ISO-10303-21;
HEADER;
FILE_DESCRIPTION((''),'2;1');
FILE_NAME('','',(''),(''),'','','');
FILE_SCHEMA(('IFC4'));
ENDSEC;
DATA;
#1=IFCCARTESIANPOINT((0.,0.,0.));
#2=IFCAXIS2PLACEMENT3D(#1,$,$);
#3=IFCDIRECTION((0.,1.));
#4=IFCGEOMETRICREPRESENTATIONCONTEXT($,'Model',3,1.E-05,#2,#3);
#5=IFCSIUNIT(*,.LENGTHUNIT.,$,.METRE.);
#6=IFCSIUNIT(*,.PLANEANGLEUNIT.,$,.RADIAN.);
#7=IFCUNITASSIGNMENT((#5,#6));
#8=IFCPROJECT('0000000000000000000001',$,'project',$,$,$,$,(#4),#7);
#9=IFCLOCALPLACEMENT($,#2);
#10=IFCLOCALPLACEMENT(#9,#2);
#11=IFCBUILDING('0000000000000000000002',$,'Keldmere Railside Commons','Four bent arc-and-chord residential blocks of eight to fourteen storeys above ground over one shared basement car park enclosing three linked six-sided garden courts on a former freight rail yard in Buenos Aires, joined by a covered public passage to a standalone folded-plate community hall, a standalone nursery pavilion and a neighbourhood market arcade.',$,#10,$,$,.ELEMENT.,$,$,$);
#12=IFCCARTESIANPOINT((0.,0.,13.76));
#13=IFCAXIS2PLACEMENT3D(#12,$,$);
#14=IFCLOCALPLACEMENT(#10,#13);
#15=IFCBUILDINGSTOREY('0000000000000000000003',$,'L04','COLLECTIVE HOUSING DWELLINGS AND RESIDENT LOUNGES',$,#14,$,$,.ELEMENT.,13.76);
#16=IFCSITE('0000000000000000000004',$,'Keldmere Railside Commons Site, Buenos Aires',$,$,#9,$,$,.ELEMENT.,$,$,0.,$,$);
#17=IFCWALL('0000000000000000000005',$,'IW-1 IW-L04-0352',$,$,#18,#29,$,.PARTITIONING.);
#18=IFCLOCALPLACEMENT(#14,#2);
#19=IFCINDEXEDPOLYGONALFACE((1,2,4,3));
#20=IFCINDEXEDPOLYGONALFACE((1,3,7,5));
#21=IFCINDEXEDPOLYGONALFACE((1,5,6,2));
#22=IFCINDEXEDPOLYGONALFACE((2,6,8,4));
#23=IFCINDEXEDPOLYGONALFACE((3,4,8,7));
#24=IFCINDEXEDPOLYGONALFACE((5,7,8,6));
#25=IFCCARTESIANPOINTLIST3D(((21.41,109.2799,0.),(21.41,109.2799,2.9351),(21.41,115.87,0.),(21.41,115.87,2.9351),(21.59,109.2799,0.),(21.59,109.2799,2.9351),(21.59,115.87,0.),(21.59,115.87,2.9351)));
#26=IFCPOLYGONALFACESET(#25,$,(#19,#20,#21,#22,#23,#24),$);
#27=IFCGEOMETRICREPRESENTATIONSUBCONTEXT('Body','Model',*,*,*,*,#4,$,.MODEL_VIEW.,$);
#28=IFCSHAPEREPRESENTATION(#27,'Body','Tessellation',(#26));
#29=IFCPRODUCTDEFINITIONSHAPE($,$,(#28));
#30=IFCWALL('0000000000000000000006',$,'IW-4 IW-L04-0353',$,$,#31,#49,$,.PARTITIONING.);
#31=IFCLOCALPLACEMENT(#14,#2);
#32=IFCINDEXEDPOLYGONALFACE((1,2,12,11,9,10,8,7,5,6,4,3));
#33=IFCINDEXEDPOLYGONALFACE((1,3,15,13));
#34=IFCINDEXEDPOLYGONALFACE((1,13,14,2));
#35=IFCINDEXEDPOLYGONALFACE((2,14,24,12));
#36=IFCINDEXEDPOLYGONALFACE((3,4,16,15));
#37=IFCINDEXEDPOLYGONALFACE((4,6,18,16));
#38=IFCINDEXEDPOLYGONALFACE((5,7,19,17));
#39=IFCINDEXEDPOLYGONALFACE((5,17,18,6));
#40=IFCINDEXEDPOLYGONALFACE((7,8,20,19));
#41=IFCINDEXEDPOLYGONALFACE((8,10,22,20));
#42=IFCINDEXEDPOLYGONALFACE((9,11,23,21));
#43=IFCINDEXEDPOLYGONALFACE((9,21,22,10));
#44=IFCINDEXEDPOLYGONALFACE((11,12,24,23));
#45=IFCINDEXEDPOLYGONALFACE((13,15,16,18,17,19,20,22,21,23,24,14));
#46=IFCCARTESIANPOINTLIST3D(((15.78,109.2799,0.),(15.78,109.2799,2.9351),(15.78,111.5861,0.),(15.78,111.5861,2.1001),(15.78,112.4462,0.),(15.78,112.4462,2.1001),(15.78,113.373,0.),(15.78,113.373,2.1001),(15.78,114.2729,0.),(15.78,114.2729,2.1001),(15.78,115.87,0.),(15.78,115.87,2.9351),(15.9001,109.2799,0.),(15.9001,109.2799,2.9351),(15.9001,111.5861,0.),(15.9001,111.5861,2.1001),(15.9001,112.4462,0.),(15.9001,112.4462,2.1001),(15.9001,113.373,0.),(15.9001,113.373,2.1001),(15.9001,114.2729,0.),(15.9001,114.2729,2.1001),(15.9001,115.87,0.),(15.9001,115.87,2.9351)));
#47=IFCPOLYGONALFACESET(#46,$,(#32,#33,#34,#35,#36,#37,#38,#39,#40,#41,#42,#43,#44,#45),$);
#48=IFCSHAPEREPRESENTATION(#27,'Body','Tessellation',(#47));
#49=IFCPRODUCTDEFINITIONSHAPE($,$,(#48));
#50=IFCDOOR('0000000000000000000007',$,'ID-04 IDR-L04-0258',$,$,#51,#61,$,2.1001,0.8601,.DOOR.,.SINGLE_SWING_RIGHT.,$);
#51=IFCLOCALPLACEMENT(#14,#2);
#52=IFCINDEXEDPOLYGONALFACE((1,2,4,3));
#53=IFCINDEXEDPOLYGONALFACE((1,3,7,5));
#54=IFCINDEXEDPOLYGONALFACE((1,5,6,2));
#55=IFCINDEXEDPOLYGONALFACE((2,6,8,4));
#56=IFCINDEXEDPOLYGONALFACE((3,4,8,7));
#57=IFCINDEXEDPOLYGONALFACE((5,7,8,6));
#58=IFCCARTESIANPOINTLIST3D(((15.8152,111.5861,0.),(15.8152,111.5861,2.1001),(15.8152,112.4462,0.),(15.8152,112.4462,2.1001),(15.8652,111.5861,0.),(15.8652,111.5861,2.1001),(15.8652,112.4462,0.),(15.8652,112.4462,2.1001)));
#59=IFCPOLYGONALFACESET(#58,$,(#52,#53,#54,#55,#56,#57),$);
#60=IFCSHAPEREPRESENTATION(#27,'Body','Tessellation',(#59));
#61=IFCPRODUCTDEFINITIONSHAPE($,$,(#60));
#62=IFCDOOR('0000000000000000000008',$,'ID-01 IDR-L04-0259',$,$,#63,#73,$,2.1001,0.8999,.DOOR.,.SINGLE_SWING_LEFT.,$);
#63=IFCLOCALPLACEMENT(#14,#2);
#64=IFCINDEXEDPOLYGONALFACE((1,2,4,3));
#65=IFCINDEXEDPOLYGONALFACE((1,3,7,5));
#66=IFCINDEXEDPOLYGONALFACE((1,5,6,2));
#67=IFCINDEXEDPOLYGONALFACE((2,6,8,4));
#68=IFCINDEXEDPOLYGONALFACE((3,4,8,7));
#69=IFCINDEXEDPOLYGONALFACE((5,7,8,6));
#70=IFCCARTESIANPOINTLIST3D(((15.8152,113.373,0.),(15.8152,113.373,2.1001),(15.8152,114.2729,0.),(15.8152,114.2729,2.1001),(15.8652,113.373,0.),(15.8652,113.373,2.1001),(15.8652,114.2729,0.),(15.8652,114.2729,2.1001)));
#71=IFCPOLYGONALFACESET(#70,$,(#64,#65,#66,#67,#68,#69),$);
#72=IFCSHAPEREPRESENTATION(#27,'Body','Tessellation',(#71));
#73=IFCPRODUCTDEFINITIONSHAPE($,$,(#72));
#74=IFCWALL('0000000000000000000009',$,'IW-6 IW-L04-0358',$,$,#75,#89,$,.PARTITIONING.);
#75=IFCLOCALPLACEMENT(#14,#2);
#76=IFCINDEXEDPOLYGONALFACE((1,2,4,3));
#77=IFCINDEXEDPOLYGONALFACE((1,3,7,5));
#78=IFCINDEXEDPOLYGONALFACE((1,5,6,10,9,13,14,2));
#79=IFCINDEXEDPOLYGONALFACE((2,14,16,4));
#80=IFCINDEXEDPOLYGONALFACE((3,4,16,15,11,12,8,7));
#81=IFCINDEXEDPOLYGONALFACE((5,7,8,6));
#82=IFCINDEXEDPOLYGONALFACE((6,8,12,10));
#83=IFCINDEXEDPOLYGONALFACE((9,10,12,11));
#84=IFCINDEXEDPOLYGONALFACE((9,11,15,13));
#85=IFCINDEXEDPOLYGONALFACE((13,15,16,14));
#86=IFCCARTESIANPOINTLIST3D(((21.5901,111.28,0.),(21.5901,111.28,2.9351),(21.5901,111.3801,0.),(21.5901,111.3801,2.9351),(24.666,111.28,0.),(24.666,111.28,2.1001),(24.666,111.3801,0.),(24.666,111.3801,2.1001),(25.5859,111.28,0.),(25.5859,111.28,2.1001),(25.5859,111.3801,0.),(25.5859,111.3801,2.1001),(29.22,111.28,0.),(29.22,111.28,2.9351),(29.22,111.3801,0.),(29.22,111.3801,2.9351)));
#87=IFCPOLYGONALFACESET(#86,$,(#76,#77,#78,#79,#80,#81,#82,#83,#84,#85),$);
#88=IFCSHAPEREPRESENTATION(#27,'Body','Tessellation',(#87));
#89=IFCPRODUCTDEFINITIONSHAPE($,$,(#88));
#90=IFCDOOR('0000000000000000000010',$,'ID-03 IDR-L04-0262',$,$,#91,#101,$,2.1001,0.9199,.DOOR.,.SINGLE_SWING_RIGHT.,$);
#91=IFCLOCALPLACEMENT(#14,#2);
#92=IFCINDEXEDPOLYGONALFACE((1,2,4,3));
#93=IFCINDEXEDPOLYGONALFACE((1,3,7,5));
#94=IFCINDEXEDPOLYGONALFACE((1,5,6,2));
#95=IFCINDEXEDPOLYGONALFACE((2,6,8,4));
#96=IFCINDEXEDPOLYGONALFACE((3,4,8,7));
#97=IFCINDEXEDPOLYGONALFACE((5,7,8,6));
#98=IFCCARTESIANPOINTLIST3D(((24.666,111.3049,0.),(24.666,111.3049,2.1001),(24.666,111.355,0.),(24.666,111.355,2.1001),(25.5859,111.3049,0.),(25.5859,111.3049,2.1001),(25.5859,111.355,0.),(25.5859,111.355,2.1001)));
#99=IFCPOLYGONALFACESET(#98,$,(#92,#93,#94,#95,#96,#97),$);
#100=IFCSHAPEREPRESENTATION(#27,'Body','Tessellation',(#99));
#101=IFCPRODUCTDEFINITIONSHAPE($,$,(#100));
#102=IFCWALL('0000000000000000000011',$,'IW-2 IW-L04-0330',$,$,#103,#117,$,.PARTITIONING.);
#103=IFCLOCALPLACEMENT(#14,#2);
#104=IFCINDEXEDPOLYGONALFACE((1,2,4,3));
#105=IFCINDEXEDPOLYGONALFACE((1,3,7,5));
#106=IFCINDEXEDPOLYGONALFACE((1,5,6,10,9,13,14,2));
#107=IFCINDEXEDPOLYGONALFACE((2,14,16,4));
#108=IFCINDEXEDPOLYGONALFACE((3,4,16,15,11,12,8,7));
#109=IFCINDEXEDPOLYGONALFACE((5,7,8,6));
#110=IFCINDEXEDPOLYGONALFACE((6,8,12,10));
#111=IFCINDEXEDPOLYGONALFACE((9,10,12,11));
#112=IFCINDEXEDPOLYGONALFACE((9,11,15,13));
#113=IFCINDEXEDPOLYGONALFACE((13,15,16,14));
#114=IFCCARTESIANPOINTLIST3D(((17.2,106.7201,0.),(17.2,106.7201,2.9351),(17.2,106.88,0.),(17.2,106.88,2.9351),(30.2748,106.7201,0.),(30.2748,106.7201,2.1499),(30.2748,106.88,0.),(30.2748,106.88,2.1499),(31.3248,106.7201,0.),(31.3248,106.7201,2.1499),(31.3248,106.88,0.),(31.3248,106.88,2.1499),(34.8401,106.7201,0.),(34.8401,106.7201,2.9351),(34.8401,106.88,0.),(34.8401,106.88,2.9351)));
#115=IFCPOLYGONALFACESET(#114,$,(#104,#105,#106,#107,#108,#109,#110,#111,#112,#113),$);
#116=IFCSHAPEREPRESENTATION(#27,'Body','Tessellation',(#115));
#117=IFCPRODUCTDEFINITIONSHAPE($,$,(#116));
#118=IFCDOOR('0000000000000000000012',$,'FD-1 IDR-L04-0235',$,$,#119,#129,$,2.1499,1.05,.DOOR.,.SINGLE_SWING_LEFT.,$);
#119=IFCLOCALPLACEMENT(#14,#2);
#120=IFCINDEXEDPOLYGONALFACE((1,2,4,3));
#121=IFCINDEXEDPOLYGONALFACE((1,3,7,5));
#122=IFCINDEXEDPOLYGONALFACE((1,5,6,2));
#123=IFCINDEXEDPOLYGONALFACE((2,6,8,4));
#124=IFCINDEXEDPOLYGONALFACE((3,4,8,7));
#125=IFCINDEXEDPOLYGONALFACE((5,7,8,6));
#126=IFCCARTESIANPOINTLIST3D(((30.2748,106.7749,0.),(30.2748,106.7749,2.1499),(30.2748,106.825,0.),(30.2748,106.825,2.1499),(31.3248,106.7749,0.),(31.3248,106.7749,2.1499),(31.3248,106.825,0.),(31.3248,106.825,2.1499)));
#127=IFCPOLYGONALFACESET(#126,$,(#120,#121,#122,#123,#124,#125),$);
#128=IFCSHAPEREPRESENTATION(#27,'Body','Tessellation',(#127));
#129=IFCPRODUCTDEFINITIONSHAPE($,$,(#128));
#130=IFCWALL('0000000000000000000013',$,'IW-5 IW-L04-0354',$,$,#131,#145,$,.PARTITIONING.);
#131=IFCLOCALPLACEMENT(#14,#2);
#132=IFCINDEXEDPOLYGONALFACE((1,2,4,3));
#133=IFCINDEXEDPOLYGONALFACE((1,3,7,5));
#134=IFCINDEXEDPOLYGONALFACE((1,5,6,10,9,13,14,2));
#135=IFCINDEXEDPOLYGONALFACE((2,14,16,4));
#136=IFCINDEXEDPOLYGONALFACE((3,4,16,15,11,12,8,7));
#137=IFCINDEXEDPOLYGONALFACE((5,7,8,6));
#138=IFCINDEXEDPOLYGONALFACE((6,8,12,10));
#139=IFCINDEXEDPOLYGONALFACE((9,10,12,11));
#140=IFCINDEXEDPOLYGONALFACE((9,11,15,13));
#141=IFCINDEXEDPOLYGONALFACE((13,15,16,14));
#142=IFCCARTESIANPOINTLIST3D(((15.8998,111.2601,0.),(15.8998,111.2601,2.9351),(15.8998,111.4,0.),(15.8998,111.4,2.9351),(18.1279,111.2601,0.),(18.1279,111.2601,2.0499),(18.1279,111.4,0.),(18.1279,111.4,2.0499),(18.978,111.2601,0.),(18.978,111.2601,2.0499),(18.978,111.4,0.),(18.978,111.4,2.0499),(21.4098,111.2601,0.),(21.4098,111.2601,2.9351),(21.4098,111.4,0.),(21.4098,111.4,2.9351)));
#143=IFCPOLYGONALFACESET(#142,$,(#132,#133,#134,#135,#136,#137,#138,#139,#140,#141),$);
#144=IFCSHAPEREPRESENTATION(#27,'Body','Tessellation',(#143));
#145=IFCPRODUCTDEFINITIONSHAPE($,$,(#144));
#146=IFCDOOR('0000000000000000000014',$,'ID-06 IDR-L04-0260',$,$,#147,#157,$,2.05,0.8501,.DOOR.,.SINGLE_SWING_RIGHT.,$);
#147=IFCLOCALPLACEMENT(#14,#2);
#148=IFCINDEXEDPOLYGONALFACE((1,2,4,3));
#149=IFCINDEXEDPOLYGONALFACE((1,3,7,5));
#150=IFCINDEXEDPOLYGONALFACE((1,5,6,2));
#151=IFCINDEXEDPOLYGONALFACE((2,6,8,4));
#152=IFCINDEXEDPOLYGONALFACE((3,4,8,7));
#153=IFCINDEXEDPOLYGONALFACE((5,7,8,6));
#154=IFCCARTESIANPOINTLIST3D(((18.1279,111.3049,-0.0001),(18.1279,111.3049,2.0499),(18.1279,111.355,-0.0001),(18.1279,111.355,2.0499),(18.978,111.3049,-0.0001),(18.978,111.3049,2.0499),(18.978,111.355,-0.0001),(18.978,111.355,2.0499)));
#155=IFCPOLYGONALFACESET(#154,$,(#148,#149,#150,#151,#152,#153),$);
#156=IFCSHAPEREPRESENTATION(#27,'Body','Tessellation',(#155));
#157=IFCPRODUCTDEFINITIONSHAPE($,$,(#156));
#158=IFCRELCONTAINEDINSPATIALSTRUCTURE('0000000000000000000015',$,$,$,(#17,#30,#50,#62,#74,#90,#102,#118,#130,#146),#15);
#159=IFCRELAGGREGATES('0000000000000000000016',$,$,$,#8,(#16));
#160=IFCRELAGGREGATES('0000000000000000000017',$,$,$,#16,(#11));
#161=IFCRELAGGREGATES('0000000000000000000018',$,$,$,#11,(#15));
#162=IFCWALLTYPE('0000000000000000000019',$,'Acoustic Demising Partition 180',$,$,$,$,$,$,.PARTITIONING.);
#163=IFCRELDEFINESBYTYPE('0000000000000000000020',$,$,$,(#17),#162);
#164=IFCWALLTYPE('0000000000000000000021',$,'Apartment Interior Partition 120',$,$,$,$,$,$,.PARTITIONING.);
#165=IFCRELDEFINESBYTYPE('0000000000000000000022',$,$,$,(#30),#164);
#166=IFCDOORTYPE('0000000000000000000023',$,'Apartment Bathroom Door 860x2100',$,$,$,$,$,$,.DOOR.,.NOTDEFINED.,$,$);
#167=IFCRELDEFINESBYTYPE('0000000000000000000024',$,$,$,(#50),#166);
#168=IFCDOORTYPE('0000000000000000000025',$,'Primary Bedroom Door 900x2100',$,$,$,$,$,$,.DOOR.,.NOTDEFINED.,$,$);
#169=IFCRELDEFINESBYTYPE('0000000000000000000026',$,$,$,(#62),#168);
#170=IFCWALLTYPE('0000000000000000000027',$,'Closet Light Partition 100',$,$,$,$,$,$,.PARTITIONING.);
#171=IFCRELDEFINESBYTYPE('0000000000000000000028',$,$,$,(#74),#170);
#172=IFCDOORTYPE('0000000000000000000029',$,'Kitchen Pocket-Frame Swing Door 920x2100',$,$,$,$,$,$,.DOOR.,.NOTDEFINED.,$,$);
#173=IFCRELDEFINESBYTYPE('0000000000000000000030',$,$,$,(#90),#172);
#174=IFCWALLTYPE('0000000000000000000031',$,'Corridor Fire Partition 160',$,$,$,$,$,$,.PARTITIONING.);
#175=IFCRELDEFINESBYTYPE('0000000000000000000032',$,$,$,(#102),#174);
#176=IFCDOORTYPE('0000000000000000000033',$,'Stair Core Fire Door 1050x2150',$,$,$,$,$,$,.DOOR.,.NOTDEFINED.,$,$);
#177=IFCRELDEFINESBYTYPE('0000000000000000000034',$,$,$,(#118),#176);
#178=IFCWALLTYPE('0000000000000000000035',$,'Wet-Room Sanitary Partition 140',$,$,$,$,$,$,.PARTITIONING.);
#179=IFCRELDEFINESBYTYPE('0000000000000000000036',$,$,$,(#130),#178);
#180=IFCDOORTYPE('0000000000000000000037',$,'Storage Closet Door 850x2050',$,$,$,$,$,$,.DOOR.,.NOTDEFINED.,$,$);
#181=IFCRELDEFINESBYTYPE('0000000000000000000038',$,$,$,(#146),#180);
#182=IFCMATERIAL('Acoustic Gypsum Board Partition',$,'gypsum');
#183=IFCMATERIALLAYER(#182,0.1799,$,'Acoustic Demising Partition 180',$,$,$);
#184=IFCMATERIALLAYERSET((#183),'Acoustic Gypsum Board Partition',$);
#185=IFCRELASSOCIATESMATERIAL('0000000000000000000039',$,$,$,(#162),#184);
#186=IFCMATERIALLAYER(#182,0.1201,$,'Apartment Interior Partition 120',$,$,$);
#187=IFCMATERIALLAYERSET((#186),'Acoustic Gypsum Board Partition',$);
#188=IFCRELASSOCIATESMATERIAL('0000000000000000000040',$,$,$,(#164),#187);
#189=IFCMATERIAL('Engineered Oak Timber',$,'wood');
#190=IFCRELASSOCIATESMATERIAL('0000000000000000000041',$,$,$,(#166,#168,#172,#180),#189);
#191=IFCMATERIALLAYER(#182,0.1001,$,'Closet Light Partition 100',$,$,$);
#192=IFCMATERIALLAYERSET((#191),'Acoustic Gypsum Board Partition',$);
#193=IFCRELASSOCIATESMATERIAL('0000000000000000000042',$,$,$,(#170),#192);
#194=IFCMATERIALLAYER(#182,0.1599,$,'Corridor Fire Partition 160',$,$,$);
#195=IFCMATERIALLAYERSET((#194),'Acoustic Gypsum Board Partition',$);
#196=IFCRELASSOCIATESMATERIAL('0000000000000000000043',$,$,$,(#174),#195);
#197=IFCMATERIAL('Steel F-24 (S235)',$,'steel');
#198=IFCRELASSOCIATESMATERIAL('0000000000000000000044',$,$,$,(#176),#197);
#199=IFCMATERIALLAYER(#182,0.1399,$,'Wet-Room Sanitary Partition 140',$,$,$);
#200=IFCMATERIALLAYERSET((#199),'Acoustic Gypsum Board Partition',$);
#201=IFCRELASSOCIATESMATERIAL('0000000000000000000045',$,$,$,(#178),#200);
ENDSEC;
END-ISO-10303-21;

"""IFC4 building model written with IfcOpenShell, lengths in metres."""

from ifc_helpers import new_model, si_unit, direction, frame, frame_2d, origin, place, context, subcontext, project, spatial, rectangle, extrude, material, layer, layer_set, type_object, element, fill, save


model = new_model("IFC4")

# Units and contexts
model_context = context("Model", 3, precision=1e-05, world=origin(), true_north=direction((0.0, 1.0)))
body_context = subcontext(model_context, "Body", "Model", "MODEL_VIEW")
ifc_project = project(units=[si_unit("LENGTHUNIT", "METRE"), si_unit("PLANEANGLEUNIT", "RADIAN")], contexts=[model_context])

# Site, building, storey
site_placement = place(None, origin())
site = spatial("IfcSite", under=ifc_project, at=site_placement, Name="Keldmere Railside Commons Site, Buenos Aires", CompositionType="ELEMENT", RefElevation=0.0)
building_placement = place(site_placement, origin())
building = spatial("IfcBuilding", under=site, at=building_placement, Name="Keldmere Railside Commons", Description="Four bent arc-and-chord residential blocks of eight to fourteen storeys above ground over one shared basement car park enclosing three linked six-sided garden courts on a former freight rail yard in Buenos Aires, joined by a covered public passage to a standalone folded-plate community hall, a standalone nursery pavilion and a neighbourhood market arcade.", CompositionType="ELEMENT")
storey_placement = place(building_placement, frame((0.0, 0.0, 13.76)))
storey = spatial("IfcBuildingStorey", under=building, at=storey_placement, Name="L04", Description="COLLECTIVE HOUSING DWELLINGS AND RESIDENT LOUNGES", CompositionType="ELEMENT", Elevation=13.76)

# Wall
ifc_material_1 = material(Name="Acoustic Gypsum Board Partition", Category="gypsum")
ifc_layer_1 = layer(ifc_material_1, 0.1799, Name="Acoustic Demising Partition 180")
ifc_layer_set_1 = layer_set([ifc_layer_1], Name="Acoustic Gypsum Board Partition")
wall_type_1 = type_object("IfcWallType", Name="Acoustic Demising Partition 180", PredefinedType="PARTITIONING", material=ifc_layer_set_1)
wall_1_placement = place(storey_placement, frame((21.5, 109.28, 0.0), z_axis=(0.0, 0.0, 1.0), x_axis=(0.0, 1.0, 0.0)))
element("IfcWall", 1, at=wall_1_placement, inside=storey, type_object=wall_type_1, Name="IW-1 IW-L04-0352", PredefinedType="PARTITIONING", context=body_context, shape_type="SweptSolid", body=[
    extrude(rectangle(XDim=6.5901, YDim=0.1799, at=frame_2d((3.2949, 0.0))), origin(), (0.0, 0.0, 1.0), 2.9351),
])

# Wall, openings, doors
ifc_layer_2 = layer(ifc_material_1, 0.1201, Name="Apartment Interior Partition 120")
ifc_layer_set_2 = layer_set([ifc_layer_2], Name="Acoustic Gypsum Board Partition")
wall_type_2 = type_object("IfcWallType", Name="Apartment Interior Partition 120", PredefinedType="PARTITIONING", material=ifc_layer_set_2)
wall_2_placement = place(storey_placement, frame((15.8401, 109.28, 0.0), z_axis=(0.0, 0.0, 1.0), x_axis=(0.0, 1.0, 0.0)))
wall_2 = element("IfcWall", 2, at=wall_2_placement, inside=storey, type_object=wall_type_2, Name="IW-4 IW-L04-0353", PredefinedType="PARTITIONING", context=body_context, shape_type="SweptSolid", body=[
    extrude(rectangle(XDim=6.5901, YDim=0.1201, at=frame_2d((3.2949, 0.0))), origin(), (0.0, 0.0, 1.0), 2.9351),
])
opening_1_placement = place(wall_2_placement, frame((2.3059, 0.0, 0.0)))
opening_1 = element("IfcOpeningElement", 3, at=opening_1_placement, cuts=wall_2, PredefinedType="OPENING", context=body_context, shape_type="SweptSolid", body=[
    extrude(rectangle(XDim=0.8601, YDim=2.1001, at=frame_2d((0.4302, 1.05))), frame((0.0, 0.0701, 0.0), z_axis=(0.0, -1.0, 0.0), x_axis=(1.0, 0.0, 0.0)), (0.0, 0.0, 1.0), 0.1401),
])
opening_2_placement = place(wall_2_placement, frame((4.093, 0.0, 0.0)))
opening_2 = element("IfcOpeningElement", 4, at=opening_2_placement, cuts=wall_2, PredefinedType="OPENING", context=body_context, shape_type="SweptSolid", body=[
    extrude(rectangle(XDim=0.8999, YDim=2.1001, at=frame_2d((0.45, 1.05))), frame((0.0, 0.0701, 0.0), z_axis=(0.0, -1.0, 0.0), x_axis=(1.0, 0.0, 0.0)), (0.0, 0.0, 1.0), 0.1401),
])
ifc_material_2 = material(Name="Engineered Oak Timber", Category="wood")
door_type_1 = type_object("IfcDoorType", Name="Apartment Bathroom Door 860x2100", OperationType="NOTDEFINED", PredefinedType="DOOR", material=ifc_material_2)
door_1_placement = place(opening_1_placement, origin())
door_1 = element("IfcDoor", 5, at=door_1_placement, inside=storey, type_object=door_type_1, Name="ID-04 IDR-L04-0258", OperationType="SINGLE_SWING_RIGHT", OverallHeight=2.1001, OverallWidth=0.8601, PredefinedType="DOOR", context=body_context, shape_type="SweptSolid", body=[
    extrude(rectangle(XDim=0.8601, YDim=2.1001, at=frame_2d((0.4302, 1.05))), frame((0.0, 0.0249, 0.0), z_axis=(0.0, -1.0, 0.0), x_axis=(1.0, 0.0, 0.0)), (0.0, 0.0, 1.0), 0.05),
])
fill(opening_1, door_1)
door_type_2 = type_object("IfcDoorType", Name="Primary Bedroom Door 900x2100", OperationType="NOTDEFINED", PredefinedType="DOOR", material=ifc_material_2)
door_2_placement = place(opening_2_placement, origin())
door_2 = element("IfcDoor", 6, at=door_2_placement, inside=storey, type_object=door_type_2, Name="ID-01 IDR-L04-0259", OperationType="SINGLE_SWING_LEFT", OverallHeight=2.1001, OverallWidth=0.8999, PredefinedType="DOOR", context=body_context, shape_type="SweptSolid", body=[
    extrude(rectangle(XDim=0.8999, YDim=2.1001, at=frame_2d((0.45, 1.05))), frame((0.0, 0.0249, 0.0), z_axis=(0.0, -1.0, 0.0), x_axis=(1.0, 0.0, 0.0)), (0.0, 0.0, 1.0), 0.05),
])
fill(opening_2, door_2)

# Walls, openings, doors
ifc_layer_3 = layer(ifc_material_1, 0.1001, Name="Closet Light Partition 100")
ifc_layer_set_3 = layer_set([ifc_layer_3], Name="Acoustic Gypsum Board Partition")
wall_type_3 = type_object("IfcWallType", Name="Closet Light Partition 100", PredefinedType="PARTITIONING", material=ifc_layer_set_3)
wall_3_placement = place(storey_placement, frame((21.5901, 111.3301, 0.0), z_axis=(0.0, 0.0, 1.0), x_axis=(1.0, 0.0, 0.0)))
wall_3 = element("IfcWall", 7, at=wall_3_placement, inside=storey, type_object=wall_type_3, Name="IW-6 IW-L04-0358", PredefinedType="PARTITIONING", context=body_context, shape_type="SweptSolid", body=[
    extrude(rectangle(XDim=7.6299, YDim=0.1001, at=frame_2d((3.8149, 0.0))), origin(), (0.0, 0.0, 1.0), 2.9351),
])
opening_3_placement = place(wall_3_placement, frame((3.0759, 0.0, 0.0)))
opening_3 = element("IfcOpeningElement", 8, at=opening_3_placement, cuts=wall_3, PredefinedType="OPENING", context=body_context, shape_type="SweptSolid", body=[
    extrude(rectangle(XDim=0.9199, YDim=2.1001, at=frame_2d((0.46, 1.05))), frame((0.0, 0.0601, 0.0), z_axis=(0.0, -1.0, 0.0), x_axis=(1.0, 0.0, 0.0)), (0.0, 0.0, 1.0), 0.1201),
])
door_type_3 = type_object("IfcDoorType", Name="Kitchen Pocket-Frame Swing Door 920x2100", OperationType="NOTDEFINED", PredefinedType="DOOR", material=ifc_material_2)
door_3_placement = place(opening_3_placement, origin())
door_3 = element("IfcDoor", 9, at=door_3_placement, inside=storey, type_object=door_type_3, Name="ID-03 IDR-L04-0262", OperationType="SINGLE_SWING_RIGHT", OverallHeight=2.1001, OverallWidth=0.9199, PredefinedType="DOOR", context=body_context, shape_type="SweptSolid", body=[
    extrude(rectangle(XDim=0.9199, YDim=2.1001, at=frame_2d((0.46, 1.05))), frame((0.0, 0.0249, 0.0), z_axis=(0.0, -1.0, 0.0), x_axis=(1.0, 0.0, 0.0)), (0.0, 0.0, 1.0), 0.05),
])
fill(opening_3, door_3)
ifc_layer_4 = layer(ifc_material_1, 0.1599, Name="Corridor Fire Partition 160")
ifc_layer_set_4 = layer_set([ifc_layer_4], Name="Acoustic Gypsum Board Partition")
wall_type_4 = type_object("IfcWallType", Name="Corridor Fire Partition 160", PredefinedType="PARTITIONING", material=ifc_layer_set_4)
wall_4_placement = place(storey_placement, frame((17.2, 106.8, 0.0), z_axis=(0.0, 0.0, 1.0), x_axis=(1.0, 0.0, 0.0)))
wall_4 = element("IfcWall", 10, at=wall_4_placement, inside=storey, type_object=wall_type_4, Name="IW-2 IW-L04-0330", PredefinedType="PARTITIONING", context=body_context, shape_type="SweptSolid", body=[
    extrude(rectangle(XDim=17.6401, YDim=0.1599, at=frame_2d((8.8201, 0.0))), origin(), (0.0, 0.0, 1.0), 2.9351),
])
opening_4_placement = place(wall_4_placement, frame((13.075, 0.0, 0.0)))
opening_4 = element("IfcOpeningElement", 11, at=opening_4_placement, cuts=wall_4, PredefinedType="OPENING", context=body_context, shape_type="SweptSolid", body=[
    extrude(rectangle(XDim=1.05, YDim=2.1499, at=frame_2d((0.5249, 1.075))), frame((0.0, 0.0898, 0.0), z_axis=(0.0, -1.0, 0.0), x_axis=(1.0, 0.0, 0.0)), (0.0, 0.0, 1.0), 0.1799),
])
ifc_material_3 = material(Name="Steel F-24 (S235)", Category="steel")
door_type_4 = type_object("IfcDoorType", Name="Stair Core Fire Door 1050x2150", OperationType="NOTDEFINED", PredefinedType="DOOR", material=ifc_material_3)
door_4_placement = place(opening_4_placement, origin())
door_4 = element("IfcDoor", 12, at=door_4_placement, inside=storey, type_object=door_type_4, Name="FD-1 IDR-L04-0235", OperationType="SINGLE_SWING_LEFT", OverallHeight=2.1499, OverallWidth=1.05, PredefinedType="DOOR", context=body_context, shape_type="SweptSolid", body=[
    extrude(rectangle(XDim=1.05, YDim=2.1499, at=frame_2d((0.5249, 1.075))), frame((0.0, 0.0249, 0.0), z_axis=(0.0, -1.0, 0.0), x_axis=(1.0, 0.0, 0.0)), (0.0, 0.0, 1.0), 0.05),
])
fill(opening_4, door_4)
ifc_layer_5 = layer(ifc_material_1, 0.1399, Name="Wet-Room Sanitary Partition 140")
ifc_layer_set_5 = layer_set([ifc_layer_5], Name="Acoustic Gypsum Board Partition")
wall_type_5 = type_object("IfcWallType", Name="Wet-Room Sanitary Partition 140", PredefinedType="PARTITIONING", material=ifc_layer_set_5)
wall_5_placement = place(storey_placement, frame((15.8999, 111.3301, 0.0), z_axis=(0.0, 0.0, 1.0), x_axis=(1.0, 0.0, 0.0)))
wall_5 = element("IfcWall", 13, at=wall_5_placement, inside=storey, type_object=wall_type_5, Name="IW-5 IW-L04-0354", PredefinedType="PARTITIONING", context=body_context, shape_type="SweptSolid", body=[
    extrude(rectangle(XDim=5.51, YDim=0.1399, at=frame_2d((2.7549, 0.0))), origin(), (0.0, 0.0, 1.0), 2.9351),
])
opening_5_placement = place(wall_5_placement, frame((2.228, 0.0, 0.0)))
opening_5 = element("IfcOpeningElement", 14, at=opening_5_placement, cuts=wall_5, PredefinedType="OPENING", context=body_context, shape_type="SweptSolid", body=[
    extrude(rectangle(XDim=0.8501, YDim=2.05, at=frame_2d((0.425, 1.0249))), frame((0.0, 0.0798, 0.0), z_axis=(0.0, -1.0, 0.0), x_axis=(1.0, 0.0, 0.0)), (0.0, 0.0, 1.0), 0.1599),
])
door_type_5 = type_object("IfcDoorType", Name="Storage Closet Door 850x2050", OperationType="NOTDEFINED", PredefinedType="DOOR", material=ifc_material_2)
door_5_placement = place(opening_5_placement, origin())
door_5 = element("IfcDoor", 15, at=door_5_placement, inside=storey, type_object=door_type_5, Name="ID-06 IDR-L04-0260", OperationType="SINGLE_SWING_RIGHT", OverallHeight=2.05, OverallWidth=0.8501, PredefinedType="DOOR", context=body_context, shape_type="SweptSolid", body=[
    extrude(rectangle(XDim=0.8501, YDim=2.05, at=frame_2d((0.425, 1.0249))), frame((0.0, 0.0249, 0.0), z_axis=(0.0, -1.0, 0.0), x_axis=(1.0, 0.0, 0.0)), (0.0, 0.0, 1.0), 0.05),
])
fill(opening_5, door_5)

save(model, "model.ifc")
